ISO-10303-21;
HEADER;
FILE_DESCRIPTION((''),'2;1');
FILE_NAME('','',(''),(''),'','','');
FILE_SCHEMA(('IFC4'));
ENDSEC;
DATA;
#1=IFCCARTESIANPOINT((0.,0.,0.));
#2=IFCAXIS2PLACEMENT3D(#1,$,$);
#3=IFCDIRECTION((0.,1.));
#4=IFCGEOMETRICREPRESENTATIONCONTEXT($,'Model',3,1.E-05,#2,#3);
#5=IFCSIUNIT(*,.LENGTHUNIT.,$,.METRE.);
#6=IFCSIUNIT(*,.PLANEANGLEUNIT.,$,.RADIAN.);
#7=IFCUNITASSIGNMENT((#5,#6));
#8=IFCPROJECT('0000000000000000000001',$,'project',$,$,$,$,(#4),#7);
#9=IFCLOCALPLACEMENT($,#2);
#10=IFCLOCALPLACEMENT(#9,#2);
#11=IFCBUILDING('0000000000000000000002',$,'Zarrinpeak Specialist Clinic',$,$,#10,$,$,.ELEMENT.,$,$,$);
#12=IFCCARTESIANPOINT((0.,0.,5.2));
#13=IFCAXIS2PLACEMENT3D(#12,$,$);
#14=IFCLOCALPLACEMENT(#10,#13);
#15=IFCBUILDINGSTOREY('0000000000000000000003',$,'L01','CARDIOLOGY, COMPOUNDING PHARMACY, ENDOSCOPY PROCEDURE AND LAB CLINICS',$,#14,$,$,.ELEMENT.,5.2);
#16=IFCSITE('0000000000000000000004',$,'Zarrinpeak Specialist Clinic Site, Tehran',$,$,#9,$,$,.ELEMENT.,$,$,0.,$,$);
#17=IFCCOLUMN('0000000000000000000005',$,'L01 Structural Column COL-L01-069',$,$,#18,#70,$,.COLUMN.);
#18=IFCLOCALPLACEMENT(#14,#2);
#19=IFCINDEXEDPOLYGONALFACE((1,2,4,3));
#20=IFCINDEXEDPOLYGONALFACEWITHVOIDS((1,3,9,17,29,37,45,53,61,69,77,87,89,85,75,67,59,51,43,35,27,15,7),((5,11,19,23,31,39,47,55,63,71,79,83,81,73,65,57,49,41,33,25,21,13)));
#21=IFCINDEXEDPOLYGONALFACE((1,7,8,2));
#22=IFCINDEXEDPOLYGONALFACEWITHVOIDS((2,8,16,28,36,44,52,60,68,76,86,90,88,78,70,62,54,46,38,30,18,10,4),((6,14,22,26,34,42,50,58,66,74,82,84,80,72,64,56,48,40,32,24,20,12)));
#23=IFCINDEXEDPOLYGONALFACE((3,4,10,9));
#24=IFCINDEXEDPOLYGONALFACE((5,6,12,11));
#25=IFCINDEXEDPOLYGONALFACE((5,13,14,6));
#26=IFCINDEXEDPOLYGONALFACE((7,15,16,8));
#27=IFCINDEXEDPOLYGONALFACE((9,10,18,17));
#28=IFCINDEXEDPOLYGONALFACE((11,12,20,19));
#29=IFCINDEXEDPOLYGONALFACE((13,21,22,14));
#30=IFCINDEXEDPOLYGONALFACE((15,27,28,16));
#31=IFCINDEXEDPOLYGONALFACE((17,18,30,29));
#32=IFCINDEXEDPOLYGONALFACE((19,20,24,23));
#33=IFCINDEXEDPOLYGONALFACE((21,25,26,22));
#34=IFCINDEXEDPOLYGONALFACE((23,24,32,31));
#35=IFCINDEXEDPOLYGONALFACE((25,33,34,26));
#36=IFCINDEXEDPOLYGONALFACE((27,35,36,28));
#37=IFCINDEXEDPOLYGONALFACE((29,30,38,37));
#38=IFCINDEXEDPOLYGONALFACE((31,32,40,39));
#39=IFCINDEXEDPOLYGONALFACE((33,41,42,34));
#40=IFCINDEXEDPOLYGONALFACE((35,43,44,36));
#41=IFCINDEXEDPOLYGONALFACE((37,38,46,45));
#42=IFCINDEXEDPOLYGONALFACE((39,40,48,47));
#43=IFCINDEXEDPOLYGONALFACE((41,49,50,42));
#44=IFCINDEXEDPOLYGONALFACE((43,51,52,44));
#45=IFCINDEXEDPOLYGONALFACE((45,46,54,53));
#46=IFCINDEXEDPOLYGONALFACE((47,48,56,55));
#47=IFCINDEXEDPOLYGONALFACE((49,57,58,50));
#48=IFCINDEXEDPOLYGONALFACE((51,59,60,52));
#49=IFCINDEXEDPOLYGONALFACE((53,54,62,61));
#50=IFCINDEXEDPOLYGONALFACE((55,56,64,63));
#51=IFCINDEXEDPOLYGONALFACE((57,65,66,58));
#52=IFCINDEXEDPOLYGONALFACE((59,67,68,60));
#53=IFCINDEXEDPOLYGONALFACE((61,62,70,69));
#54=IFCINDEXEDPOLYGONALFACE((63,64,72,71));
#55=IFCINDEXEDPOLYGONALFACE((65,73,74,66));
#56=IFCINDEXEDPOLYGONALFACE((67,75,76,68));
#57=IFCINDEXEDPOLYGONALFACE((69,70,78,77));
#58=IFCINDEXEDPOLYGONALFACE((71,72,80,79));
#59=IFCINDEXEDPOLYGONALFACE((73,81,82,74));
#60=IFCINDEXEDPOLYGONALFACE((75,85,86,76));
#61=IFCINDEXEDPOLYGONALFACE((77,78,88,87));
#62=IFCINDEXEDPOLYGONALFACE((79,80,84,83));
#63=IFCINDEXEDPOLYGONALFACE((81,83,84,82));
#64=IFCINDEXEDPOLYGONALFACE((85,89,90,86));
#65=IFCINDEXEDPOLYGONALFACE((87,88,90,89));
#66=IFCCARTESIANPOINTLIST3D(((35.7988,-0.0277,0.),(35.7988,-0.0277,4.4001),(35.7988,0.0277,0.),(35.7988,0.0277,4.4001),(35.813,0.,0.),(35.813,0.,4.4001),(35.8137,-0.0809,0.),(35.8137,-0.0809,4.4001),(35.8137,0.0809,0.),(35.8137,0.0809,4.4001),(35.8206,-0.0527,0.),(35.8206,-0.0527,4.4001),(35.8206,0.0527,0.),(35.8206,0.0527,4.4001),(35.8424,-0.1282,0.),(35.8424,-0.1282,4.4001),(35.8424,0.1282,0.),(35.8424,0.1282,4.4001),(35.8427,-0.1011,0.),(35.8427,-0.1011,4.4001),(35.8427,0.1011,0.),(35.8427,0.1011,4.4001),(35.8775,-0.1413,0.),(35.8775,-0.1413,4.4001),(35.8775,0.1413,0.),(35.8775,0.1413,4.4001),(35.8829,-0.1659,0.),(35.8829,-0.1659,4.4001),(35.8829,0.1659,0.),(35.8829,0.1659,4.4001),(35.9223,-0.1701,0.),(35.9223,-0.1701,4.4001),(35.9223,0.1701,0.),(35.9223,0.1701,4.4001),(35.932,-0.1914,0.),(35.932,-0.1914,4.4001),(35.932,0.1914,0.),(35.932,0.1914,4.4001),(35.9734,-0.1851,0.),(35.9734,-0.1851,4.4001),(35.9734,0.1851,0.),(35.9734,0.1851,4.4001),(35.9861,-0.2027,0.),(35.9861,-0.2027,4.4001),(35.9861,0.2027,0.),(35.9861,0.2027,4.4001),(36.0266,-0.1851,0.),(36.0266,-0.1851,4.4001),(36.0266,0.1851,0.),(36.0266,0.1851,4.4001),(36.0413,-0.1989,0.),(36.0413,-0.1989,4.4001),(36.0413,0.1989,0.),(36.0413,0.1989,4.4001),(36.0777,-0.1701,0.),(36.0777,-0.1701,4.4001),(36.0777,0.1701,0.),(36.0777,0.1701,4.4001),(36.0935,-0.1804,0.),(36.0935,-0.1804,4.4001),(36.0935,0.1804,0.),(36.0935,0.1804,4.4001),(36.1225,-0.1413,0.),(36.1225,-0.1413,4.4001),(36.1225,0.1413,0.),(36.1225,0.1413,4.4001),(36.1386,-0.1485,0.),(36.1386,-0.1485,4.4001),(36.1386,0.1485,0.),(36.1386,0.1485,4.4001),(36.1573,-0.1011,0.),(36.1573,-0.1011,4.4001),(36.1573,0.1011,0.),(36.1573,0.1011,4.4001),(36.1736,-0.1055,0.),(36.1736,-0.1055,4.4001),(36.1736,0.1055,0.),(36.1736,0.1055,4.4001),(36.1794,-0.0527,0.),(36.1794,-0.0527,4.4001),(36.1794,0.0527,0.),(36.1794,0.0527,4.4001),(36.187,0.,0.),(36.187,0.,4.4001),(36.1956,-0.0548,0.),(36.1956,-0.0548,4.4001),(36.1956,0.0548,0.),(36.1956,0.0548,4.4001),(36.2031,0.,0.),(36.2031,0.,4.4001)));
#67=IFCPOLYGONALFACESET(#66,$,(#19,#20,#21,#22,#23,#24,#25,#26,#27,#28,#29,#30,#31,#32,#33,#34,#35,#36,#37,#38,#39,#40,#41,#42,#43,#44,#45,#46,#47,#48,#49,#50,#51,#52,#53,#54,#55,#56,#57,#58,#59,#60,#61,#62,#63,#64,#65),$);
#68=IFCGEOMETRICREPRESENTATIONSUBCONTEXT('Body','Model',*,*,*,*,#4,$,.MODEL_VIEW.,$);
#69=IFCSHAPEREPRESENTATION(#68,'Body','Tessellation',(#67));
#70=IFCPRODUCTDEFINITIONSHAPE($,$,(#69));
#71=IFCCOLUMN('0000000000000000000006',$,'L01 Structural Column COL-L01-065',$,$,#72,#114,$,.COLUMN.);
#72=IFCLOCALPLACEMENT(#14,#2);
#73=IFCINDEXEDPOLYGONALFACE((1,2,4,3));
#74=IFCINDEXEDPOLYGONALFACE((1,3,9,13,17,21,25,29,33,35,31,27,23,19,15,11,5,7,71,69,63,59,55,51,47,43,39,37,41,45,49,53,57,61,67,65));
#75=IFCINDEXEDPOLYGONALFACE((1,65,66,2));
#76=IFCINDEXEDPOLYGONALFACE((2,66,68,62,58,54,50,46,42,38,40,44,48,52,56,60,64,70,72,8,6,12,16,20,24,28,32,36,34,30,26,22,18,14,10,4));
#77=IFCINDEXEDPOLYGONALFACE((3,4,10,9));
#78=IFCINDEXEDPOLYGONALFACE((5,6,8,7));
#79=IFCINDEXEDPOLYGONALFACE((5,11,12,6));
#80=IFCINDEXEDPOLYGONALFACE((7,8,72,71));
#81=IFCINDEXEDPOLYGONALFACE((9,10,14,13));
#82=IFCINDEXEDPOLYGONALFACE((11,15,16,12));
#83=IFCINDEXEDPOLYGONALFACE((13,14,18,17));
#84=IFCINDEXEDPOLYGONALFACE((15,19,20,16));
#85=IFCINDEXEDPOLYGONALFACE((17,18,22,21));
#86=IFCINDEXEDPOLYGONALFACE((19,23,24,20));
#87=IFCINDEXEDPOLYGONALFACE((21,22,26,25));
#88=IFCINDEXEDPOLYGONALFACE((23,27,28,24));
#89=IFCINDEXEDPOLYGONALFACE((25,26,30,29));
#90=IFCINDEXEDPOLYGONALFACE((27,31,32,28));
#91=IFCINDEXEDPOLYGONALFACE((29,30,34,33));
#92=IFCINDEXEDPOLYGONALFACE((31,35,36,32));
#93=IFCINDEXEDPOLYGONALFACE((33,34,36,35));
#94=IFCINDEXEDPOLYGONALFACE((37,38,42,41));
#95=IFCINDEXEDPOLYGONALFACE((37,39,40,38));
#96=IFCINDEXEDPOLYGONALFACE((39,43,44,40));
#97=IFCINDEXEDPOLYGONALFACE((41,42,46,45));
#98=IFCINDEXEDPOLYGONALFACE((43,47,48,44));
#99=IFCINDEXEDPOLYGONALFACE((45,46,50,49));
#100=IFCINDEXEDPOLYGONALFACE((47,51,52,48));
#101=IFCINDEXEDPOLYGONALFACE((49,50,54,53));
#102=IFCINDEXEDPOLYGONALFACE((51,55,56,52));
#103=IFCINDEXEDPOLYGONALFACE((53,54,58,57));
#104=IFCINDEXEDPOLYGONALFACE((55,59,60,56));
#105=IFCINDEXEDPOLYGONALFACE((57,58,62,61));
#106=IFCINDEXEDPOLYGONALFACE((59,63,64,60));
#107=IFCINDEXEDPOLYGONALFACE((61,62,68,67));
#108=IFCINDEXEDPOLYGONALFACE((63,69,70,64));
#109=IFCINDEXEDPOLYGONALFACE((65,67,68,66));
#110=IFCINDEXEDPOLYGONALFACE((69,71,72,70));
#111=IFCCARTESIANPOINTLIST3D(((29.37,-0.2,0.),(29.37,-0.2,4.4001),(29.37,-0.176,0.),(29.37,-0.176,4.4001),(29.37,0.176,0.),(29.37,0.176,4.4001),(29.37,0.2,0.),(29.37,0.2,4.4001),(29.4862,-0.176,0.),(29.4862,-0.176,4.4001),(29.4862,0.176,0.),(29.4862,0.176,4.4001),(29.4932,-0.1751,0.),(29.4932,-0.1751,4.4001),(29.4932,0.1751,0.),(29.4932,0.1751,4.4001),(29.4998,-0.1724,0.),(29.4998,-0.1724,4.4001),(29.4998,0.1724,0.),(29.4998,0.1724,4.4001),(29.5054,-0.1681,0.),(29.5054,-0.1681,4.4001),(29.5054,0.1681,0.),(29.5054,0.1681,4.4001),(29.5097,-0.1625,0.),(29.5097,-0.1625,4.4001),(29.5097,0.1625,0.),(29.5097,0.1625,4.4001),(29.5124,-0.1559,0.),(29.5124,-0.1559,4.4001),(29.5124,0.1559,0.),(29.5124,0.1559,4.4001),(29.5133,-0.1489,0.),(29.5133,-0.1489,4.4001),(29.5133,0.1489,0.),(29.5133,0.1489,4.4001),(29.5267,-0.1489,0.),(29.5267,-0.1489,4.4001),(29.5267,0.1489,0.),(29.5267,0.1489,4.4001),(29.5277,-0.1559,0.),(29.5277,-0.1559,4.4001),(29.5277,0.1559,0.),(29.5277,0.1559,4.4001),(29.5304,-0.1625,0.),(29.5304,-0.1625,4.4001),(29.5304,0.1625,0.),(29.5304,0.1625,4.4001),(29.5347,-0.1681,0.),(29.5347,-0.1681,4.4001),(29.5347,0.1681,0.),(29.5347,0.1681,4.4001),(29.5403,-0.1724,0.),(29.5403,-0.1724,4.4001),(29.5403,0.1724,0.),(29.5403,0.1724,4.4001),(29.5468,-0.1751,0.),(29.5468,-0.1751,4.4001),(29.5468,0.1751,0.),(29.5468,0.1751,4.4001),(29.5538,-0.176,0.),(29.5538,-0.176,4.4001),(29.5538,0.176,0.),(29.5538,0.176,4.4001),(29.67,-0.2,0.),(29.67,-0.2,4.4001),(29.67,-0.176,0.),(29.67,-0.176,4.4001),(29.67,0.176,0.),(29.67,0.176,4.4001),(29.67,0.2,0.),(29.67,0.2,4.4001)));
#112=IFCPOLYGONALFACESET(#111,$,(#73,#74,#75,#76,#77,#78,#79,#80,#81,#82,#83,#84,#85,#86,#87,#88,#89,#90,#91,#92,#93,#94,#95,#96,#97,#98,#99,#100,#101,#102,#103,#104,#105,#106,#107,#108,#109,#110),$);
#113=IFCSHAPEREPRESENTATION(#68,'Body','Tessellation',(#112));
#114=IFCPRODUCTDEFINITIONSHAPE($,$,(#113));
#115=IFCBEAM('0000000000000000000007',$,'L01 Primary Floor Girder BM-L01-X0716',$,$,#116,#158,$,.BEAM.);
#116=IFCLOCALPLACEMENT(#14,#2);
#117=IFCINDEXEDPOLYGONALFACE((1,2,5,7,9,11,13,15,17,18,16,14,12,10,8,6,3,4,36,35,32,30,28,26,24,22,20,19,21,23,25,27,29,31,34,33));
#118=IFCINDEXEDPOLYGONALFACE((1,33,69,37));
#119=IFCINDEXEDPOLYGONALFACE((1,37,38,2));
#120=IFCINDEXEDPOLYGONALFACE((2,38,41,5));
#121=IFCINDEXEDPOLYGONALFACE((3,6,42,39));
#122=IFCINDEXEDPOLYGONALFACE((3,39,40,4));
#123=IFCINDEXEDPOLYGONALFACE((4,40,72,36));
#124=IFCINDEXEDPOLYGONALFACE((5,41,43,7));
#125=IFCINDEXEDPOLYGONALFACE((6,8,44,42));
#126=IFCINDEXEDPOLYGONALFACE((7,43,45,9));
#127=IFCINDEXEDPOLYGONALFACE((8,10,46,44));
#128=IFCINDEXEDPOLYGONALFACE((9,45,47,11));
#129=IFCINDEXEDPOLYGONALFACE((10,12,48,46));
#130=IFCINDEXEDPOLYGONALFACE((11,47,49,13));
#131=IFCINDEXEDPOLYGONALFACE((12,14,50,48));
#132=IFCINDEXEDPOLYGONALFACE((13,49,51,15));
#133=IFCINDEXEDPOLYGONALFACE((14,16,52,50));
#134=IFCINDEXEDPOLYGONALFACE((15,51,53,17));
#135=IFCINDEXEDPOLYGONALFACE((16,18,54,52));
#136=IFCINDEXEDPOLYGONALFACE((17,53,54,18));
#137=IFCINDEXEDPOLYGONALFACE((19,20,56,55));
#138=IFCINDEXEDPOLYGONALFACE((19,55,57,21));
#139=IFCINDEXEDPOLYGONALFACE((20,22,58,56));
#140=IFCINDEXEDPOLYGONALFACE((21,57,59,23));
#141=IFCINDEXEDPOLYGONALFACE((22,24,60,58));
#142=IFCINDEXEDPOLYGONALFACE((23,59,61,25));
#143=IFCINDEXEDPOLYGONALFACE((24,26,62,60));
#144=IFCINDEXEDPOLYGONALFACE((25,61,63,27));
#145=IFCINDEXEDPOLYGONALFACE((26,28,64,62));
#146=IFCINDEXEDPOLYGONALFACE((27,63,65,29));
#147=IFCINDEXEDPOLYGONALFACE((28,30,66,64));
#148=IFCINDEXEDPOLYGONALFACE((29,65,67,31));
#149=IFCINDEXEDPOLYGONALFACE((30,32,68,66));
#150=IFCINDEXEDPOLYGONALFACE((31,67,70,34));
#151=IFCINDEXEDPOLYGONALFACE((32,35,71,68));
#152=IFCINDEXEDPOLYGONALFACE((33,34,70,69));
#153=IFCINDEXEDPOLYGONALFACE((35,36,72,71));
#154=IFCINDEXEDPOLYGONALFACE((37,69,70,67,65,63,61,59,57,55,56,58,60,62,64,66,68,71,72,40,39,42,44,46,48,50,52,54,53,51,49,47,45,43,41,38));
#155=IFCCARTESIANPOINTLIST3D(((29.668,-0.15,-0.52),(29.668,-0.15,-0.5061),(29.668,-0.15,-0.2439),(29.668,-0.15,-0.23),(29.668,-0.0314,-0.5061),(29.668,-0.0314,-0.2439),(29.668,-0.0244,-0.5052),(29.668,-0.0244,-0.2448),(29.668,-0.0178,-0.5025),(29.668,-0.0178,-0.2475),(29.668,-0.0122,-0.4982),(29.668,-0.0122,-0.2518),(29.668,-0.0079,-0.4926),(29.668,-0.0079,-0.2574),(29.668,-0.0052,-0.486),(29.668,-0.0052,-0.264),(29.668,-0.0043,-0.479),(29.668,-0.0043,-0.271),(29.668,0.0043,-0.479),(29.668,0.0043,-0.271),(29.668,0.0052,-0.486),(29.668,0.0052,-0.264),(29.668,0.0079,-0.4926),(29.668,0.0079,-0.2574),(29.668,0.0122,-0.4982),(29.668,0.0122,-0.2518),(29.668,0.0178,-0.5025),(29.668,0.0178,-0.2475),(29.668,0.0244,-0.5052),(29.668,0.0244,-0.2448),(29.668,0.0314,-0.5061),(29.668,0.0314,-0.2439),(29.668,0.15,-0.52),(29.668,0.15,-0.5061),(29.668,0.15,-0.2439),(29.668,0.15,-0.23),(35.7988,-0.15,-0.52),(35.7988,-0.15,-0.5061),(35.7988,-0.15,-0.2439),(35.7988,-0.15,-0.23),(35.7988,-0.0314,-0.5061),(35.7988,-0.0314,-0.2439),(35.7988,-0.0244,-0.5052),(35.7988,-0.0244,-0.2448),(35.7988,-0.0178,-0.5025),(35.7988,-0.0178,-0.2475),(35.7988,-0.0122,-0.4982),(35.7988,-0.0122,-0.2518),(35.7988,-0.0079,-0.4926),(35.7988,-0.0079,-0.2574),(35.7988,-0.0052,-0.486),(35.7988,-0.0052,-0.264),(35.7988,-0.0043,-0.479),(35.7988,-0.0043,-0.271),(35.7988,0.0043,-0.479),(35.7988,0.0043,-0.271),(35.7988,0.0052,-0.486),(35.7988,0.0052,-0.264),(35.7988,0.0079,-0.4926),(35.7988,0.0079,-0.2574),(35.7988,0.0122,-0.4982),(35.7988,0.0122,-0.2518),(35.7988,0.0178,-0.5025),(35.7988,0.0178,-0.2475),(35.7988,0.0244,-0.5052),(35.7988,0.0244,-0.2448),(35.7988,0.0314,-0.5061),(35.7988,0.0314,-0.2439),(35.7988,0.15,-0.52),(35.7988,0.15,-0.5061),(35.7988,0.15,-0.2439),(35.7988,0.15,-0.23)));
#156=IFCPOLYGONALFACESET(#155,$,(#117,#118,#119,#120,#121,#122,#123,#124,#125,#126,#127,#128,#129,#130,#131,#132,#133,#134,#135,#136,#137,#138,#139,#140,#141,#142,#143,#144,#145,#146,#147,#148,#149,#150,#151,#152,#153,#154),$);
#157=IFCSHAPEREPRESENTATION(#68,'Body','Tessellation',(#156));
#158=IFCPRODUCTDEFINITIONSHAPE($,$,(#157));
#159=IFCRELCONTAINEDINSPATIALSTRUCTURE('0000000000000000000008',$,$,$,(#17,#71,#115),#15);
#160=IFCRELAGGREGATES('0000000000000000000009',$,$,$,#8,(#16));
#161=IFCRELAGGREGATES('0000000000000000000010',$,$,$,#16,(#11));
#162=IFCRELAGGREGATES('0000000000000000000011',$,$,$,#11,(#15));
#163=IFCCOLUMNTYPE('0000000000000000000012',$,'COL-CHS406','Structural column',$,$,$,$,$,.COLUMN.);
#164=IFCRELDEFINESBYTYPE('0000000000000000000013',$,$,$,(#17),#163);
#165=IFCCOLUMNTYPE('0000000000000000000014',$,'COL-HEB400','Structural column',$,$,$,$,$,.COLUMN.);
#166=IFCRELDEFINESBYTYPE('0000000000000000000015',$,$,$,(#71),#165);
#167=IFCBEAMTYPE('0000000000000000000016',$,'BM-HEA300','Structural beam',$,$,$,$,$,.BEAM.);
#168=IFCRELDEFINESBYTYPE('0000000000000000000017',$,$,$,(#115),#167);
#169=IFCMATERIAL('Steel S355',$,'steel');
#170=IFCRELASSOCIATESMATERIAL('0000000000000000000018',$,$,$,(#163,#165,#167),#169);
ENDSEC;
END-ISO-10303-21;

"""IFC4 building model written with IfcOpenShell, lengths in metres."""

from ifc_helpers import new_model, si_unit, direction, frame, origin, origin_2d, place, context, subcontext, project, spatial, hollow_circle, i_section, extrude, material, material_profile, profile_set, type_object, element, save


model = new_model("IFC4")

# Units and contexts
model_context = context("Model", 3, precision=1e-05, world=origin(), true_north=direction((0.0, 1.0)))
body_context = subcontext(model_context, "Body", "Model", "MODEL_VIEW")
ifc_project = project(units=[si_unit("LENGTHUNIT", "METRE"), si_unit("PLANEANGLEUNIT", "RADIAN")], contexts=[model_context])

# Site, building, storey
site_placement = place(None, origin())
site = spatial("IfcSite", under=ifc_project, at=site_placement, Name="Zarrinpeak Specialist Clinic Site, Tehran", CompositionType="ELEMENT", RefElevation=0.0)
building_placement = place(site_placement, origin())
building = spatial("IfcBuilding", under=site, at=building_placement, Name="Zarrinpeak Specialist Clinic", CompositionType="ELEMENT")
storey_placement = place(building_placement, frame((0.0, 0.0, 5.2)))
storey = spatial("IfcBuildingStorey", under=building, at=storey_placement, Name="L01", Description="CARDIOLOGY, COMPOUNDING PHARMACY, ENDOSCOPY PROCEDURE AND LAB CLINICS", CompositionType="ELEMENT", Elevation=5.2)

# Columns
ifc_material_1 = material(Name="Steel S355", Category="steel")
ifc_material_profile_1 = material_profile(ifc_material_1, hollow_circle(Radius=0.2031, WallThickness=0.0161, at=origin_2d()), Name="CHS 406.4x16.0")
ifc_profile_set_1 = profile_set([ifc_material_profile_1], Name="Steel S355")
column_type_1 = type_object("IfcColumnType", Name="COL-CHS406", Description="Structural column", PredefinedType="COLUMN", material=ifc_profile_set_1)
column_1_placement = place(storey_placement, frame((36.0, 0.0, 0.0), z_axis=(0.0, 0.0, 1.0), x_axis=(1.0, 0.0, 0.0)))
element("IfcColumn", 1, at=column_1_placement, inside=storey, type_object=column_type_1, Name="L01 Structural Column COL-L01-069", PredefinedType="COLUMN", context=body_context, shape_type="SweptSolid", body=[
    extrude(hollow_circle(Radius=0.2031, WallThickness=0.0161, at=origin_2d()), origin(), (0.0, 0.0, 1.0), 4.4001),
])
ifc_material_profile_2 = material_profile(ifc_material_1, i_section(OverallWidth=0.3, OverallDepth=0.3999, WebThickness=0.0134, FlangeThickness=0.0239, FilletRadius=0.0271, at=origin_2d()), Name="HEB 400")
ifc_profile_set_2 = profile_set([ifc_material_profile_2], Name="Steel S355")
column_type_2 = type_object("IfcColumnType", Name="COL-HEB400", Description="Structural column", PredefinedType="COLUMN", material=ifc_profile_set_2)
column_2_placement = place(storey_placement, frame((29.52, 0.0, 0.0), z_axis=(0.0, 0.0, 1.0), x_axis=(1.0, 0.0, 0.0)))
element("IfcColumn", 2, at=column_2_placement, inside=storey, type_object=column_type_2, Name="L01 Structural Column COL-L01-065", PredefinedType="COLUMN", context=body_context, shape_type="SweptSolid", body=[
    extrude(i_section(OverallWidth=0.3, OverallDepth=0.3999, WebThickness=0.0134, FlangeThickness=0.0239, FilletRadius=0.0271, at=origin_2d()), origin(), (0.0, 0.0, 1.0), 4.4001),
])

# Beam
ifc_material_profile_3 = material_profile(ifc_material_1, i_section(OverallWidth=0.3, OverallDepth=0.29, WebThickness=0.0085, FlangeThickness=0.0139, FilletRadius=0.0271, at=origin_2d()), Name="HEA 300")
ifc_profile_set_3 = profile_set([ifc_material_profile_3], Name="Steel S355")
beam_type_1 = type_object("IfcBeamType", Name="BM-HEA300", Description="Structural beam", PredefinedType="BEAM", material=ifc_profile_set_3)
beam_1_placement = place(storey_placement, frame((29.668, 0.0, -0.375), z_axis=(1.0, 0.0, 0.0), x_axis=(0.0, 1.0, 0.0)))
element("IfcBeam", 3, at=beam_1_placement, inside=storey, type_object=beam_type_1, Name="L01 Primary Floor Girder BM-L01-X0716", PredefinedType="BEAM", context=body_context, shape_type="SweptSolid", body=[
    extrude(i_section(OverallWidth=0.3, OverallDepth=0.29, WebThickness=0.0085, FlangeThickness=0.0139, FilletRadius=0.0271, at=origin_2d()), origin(), (0.0, 0.0, 1.0), 6.1309),
])

save(model, "model.ifc")
